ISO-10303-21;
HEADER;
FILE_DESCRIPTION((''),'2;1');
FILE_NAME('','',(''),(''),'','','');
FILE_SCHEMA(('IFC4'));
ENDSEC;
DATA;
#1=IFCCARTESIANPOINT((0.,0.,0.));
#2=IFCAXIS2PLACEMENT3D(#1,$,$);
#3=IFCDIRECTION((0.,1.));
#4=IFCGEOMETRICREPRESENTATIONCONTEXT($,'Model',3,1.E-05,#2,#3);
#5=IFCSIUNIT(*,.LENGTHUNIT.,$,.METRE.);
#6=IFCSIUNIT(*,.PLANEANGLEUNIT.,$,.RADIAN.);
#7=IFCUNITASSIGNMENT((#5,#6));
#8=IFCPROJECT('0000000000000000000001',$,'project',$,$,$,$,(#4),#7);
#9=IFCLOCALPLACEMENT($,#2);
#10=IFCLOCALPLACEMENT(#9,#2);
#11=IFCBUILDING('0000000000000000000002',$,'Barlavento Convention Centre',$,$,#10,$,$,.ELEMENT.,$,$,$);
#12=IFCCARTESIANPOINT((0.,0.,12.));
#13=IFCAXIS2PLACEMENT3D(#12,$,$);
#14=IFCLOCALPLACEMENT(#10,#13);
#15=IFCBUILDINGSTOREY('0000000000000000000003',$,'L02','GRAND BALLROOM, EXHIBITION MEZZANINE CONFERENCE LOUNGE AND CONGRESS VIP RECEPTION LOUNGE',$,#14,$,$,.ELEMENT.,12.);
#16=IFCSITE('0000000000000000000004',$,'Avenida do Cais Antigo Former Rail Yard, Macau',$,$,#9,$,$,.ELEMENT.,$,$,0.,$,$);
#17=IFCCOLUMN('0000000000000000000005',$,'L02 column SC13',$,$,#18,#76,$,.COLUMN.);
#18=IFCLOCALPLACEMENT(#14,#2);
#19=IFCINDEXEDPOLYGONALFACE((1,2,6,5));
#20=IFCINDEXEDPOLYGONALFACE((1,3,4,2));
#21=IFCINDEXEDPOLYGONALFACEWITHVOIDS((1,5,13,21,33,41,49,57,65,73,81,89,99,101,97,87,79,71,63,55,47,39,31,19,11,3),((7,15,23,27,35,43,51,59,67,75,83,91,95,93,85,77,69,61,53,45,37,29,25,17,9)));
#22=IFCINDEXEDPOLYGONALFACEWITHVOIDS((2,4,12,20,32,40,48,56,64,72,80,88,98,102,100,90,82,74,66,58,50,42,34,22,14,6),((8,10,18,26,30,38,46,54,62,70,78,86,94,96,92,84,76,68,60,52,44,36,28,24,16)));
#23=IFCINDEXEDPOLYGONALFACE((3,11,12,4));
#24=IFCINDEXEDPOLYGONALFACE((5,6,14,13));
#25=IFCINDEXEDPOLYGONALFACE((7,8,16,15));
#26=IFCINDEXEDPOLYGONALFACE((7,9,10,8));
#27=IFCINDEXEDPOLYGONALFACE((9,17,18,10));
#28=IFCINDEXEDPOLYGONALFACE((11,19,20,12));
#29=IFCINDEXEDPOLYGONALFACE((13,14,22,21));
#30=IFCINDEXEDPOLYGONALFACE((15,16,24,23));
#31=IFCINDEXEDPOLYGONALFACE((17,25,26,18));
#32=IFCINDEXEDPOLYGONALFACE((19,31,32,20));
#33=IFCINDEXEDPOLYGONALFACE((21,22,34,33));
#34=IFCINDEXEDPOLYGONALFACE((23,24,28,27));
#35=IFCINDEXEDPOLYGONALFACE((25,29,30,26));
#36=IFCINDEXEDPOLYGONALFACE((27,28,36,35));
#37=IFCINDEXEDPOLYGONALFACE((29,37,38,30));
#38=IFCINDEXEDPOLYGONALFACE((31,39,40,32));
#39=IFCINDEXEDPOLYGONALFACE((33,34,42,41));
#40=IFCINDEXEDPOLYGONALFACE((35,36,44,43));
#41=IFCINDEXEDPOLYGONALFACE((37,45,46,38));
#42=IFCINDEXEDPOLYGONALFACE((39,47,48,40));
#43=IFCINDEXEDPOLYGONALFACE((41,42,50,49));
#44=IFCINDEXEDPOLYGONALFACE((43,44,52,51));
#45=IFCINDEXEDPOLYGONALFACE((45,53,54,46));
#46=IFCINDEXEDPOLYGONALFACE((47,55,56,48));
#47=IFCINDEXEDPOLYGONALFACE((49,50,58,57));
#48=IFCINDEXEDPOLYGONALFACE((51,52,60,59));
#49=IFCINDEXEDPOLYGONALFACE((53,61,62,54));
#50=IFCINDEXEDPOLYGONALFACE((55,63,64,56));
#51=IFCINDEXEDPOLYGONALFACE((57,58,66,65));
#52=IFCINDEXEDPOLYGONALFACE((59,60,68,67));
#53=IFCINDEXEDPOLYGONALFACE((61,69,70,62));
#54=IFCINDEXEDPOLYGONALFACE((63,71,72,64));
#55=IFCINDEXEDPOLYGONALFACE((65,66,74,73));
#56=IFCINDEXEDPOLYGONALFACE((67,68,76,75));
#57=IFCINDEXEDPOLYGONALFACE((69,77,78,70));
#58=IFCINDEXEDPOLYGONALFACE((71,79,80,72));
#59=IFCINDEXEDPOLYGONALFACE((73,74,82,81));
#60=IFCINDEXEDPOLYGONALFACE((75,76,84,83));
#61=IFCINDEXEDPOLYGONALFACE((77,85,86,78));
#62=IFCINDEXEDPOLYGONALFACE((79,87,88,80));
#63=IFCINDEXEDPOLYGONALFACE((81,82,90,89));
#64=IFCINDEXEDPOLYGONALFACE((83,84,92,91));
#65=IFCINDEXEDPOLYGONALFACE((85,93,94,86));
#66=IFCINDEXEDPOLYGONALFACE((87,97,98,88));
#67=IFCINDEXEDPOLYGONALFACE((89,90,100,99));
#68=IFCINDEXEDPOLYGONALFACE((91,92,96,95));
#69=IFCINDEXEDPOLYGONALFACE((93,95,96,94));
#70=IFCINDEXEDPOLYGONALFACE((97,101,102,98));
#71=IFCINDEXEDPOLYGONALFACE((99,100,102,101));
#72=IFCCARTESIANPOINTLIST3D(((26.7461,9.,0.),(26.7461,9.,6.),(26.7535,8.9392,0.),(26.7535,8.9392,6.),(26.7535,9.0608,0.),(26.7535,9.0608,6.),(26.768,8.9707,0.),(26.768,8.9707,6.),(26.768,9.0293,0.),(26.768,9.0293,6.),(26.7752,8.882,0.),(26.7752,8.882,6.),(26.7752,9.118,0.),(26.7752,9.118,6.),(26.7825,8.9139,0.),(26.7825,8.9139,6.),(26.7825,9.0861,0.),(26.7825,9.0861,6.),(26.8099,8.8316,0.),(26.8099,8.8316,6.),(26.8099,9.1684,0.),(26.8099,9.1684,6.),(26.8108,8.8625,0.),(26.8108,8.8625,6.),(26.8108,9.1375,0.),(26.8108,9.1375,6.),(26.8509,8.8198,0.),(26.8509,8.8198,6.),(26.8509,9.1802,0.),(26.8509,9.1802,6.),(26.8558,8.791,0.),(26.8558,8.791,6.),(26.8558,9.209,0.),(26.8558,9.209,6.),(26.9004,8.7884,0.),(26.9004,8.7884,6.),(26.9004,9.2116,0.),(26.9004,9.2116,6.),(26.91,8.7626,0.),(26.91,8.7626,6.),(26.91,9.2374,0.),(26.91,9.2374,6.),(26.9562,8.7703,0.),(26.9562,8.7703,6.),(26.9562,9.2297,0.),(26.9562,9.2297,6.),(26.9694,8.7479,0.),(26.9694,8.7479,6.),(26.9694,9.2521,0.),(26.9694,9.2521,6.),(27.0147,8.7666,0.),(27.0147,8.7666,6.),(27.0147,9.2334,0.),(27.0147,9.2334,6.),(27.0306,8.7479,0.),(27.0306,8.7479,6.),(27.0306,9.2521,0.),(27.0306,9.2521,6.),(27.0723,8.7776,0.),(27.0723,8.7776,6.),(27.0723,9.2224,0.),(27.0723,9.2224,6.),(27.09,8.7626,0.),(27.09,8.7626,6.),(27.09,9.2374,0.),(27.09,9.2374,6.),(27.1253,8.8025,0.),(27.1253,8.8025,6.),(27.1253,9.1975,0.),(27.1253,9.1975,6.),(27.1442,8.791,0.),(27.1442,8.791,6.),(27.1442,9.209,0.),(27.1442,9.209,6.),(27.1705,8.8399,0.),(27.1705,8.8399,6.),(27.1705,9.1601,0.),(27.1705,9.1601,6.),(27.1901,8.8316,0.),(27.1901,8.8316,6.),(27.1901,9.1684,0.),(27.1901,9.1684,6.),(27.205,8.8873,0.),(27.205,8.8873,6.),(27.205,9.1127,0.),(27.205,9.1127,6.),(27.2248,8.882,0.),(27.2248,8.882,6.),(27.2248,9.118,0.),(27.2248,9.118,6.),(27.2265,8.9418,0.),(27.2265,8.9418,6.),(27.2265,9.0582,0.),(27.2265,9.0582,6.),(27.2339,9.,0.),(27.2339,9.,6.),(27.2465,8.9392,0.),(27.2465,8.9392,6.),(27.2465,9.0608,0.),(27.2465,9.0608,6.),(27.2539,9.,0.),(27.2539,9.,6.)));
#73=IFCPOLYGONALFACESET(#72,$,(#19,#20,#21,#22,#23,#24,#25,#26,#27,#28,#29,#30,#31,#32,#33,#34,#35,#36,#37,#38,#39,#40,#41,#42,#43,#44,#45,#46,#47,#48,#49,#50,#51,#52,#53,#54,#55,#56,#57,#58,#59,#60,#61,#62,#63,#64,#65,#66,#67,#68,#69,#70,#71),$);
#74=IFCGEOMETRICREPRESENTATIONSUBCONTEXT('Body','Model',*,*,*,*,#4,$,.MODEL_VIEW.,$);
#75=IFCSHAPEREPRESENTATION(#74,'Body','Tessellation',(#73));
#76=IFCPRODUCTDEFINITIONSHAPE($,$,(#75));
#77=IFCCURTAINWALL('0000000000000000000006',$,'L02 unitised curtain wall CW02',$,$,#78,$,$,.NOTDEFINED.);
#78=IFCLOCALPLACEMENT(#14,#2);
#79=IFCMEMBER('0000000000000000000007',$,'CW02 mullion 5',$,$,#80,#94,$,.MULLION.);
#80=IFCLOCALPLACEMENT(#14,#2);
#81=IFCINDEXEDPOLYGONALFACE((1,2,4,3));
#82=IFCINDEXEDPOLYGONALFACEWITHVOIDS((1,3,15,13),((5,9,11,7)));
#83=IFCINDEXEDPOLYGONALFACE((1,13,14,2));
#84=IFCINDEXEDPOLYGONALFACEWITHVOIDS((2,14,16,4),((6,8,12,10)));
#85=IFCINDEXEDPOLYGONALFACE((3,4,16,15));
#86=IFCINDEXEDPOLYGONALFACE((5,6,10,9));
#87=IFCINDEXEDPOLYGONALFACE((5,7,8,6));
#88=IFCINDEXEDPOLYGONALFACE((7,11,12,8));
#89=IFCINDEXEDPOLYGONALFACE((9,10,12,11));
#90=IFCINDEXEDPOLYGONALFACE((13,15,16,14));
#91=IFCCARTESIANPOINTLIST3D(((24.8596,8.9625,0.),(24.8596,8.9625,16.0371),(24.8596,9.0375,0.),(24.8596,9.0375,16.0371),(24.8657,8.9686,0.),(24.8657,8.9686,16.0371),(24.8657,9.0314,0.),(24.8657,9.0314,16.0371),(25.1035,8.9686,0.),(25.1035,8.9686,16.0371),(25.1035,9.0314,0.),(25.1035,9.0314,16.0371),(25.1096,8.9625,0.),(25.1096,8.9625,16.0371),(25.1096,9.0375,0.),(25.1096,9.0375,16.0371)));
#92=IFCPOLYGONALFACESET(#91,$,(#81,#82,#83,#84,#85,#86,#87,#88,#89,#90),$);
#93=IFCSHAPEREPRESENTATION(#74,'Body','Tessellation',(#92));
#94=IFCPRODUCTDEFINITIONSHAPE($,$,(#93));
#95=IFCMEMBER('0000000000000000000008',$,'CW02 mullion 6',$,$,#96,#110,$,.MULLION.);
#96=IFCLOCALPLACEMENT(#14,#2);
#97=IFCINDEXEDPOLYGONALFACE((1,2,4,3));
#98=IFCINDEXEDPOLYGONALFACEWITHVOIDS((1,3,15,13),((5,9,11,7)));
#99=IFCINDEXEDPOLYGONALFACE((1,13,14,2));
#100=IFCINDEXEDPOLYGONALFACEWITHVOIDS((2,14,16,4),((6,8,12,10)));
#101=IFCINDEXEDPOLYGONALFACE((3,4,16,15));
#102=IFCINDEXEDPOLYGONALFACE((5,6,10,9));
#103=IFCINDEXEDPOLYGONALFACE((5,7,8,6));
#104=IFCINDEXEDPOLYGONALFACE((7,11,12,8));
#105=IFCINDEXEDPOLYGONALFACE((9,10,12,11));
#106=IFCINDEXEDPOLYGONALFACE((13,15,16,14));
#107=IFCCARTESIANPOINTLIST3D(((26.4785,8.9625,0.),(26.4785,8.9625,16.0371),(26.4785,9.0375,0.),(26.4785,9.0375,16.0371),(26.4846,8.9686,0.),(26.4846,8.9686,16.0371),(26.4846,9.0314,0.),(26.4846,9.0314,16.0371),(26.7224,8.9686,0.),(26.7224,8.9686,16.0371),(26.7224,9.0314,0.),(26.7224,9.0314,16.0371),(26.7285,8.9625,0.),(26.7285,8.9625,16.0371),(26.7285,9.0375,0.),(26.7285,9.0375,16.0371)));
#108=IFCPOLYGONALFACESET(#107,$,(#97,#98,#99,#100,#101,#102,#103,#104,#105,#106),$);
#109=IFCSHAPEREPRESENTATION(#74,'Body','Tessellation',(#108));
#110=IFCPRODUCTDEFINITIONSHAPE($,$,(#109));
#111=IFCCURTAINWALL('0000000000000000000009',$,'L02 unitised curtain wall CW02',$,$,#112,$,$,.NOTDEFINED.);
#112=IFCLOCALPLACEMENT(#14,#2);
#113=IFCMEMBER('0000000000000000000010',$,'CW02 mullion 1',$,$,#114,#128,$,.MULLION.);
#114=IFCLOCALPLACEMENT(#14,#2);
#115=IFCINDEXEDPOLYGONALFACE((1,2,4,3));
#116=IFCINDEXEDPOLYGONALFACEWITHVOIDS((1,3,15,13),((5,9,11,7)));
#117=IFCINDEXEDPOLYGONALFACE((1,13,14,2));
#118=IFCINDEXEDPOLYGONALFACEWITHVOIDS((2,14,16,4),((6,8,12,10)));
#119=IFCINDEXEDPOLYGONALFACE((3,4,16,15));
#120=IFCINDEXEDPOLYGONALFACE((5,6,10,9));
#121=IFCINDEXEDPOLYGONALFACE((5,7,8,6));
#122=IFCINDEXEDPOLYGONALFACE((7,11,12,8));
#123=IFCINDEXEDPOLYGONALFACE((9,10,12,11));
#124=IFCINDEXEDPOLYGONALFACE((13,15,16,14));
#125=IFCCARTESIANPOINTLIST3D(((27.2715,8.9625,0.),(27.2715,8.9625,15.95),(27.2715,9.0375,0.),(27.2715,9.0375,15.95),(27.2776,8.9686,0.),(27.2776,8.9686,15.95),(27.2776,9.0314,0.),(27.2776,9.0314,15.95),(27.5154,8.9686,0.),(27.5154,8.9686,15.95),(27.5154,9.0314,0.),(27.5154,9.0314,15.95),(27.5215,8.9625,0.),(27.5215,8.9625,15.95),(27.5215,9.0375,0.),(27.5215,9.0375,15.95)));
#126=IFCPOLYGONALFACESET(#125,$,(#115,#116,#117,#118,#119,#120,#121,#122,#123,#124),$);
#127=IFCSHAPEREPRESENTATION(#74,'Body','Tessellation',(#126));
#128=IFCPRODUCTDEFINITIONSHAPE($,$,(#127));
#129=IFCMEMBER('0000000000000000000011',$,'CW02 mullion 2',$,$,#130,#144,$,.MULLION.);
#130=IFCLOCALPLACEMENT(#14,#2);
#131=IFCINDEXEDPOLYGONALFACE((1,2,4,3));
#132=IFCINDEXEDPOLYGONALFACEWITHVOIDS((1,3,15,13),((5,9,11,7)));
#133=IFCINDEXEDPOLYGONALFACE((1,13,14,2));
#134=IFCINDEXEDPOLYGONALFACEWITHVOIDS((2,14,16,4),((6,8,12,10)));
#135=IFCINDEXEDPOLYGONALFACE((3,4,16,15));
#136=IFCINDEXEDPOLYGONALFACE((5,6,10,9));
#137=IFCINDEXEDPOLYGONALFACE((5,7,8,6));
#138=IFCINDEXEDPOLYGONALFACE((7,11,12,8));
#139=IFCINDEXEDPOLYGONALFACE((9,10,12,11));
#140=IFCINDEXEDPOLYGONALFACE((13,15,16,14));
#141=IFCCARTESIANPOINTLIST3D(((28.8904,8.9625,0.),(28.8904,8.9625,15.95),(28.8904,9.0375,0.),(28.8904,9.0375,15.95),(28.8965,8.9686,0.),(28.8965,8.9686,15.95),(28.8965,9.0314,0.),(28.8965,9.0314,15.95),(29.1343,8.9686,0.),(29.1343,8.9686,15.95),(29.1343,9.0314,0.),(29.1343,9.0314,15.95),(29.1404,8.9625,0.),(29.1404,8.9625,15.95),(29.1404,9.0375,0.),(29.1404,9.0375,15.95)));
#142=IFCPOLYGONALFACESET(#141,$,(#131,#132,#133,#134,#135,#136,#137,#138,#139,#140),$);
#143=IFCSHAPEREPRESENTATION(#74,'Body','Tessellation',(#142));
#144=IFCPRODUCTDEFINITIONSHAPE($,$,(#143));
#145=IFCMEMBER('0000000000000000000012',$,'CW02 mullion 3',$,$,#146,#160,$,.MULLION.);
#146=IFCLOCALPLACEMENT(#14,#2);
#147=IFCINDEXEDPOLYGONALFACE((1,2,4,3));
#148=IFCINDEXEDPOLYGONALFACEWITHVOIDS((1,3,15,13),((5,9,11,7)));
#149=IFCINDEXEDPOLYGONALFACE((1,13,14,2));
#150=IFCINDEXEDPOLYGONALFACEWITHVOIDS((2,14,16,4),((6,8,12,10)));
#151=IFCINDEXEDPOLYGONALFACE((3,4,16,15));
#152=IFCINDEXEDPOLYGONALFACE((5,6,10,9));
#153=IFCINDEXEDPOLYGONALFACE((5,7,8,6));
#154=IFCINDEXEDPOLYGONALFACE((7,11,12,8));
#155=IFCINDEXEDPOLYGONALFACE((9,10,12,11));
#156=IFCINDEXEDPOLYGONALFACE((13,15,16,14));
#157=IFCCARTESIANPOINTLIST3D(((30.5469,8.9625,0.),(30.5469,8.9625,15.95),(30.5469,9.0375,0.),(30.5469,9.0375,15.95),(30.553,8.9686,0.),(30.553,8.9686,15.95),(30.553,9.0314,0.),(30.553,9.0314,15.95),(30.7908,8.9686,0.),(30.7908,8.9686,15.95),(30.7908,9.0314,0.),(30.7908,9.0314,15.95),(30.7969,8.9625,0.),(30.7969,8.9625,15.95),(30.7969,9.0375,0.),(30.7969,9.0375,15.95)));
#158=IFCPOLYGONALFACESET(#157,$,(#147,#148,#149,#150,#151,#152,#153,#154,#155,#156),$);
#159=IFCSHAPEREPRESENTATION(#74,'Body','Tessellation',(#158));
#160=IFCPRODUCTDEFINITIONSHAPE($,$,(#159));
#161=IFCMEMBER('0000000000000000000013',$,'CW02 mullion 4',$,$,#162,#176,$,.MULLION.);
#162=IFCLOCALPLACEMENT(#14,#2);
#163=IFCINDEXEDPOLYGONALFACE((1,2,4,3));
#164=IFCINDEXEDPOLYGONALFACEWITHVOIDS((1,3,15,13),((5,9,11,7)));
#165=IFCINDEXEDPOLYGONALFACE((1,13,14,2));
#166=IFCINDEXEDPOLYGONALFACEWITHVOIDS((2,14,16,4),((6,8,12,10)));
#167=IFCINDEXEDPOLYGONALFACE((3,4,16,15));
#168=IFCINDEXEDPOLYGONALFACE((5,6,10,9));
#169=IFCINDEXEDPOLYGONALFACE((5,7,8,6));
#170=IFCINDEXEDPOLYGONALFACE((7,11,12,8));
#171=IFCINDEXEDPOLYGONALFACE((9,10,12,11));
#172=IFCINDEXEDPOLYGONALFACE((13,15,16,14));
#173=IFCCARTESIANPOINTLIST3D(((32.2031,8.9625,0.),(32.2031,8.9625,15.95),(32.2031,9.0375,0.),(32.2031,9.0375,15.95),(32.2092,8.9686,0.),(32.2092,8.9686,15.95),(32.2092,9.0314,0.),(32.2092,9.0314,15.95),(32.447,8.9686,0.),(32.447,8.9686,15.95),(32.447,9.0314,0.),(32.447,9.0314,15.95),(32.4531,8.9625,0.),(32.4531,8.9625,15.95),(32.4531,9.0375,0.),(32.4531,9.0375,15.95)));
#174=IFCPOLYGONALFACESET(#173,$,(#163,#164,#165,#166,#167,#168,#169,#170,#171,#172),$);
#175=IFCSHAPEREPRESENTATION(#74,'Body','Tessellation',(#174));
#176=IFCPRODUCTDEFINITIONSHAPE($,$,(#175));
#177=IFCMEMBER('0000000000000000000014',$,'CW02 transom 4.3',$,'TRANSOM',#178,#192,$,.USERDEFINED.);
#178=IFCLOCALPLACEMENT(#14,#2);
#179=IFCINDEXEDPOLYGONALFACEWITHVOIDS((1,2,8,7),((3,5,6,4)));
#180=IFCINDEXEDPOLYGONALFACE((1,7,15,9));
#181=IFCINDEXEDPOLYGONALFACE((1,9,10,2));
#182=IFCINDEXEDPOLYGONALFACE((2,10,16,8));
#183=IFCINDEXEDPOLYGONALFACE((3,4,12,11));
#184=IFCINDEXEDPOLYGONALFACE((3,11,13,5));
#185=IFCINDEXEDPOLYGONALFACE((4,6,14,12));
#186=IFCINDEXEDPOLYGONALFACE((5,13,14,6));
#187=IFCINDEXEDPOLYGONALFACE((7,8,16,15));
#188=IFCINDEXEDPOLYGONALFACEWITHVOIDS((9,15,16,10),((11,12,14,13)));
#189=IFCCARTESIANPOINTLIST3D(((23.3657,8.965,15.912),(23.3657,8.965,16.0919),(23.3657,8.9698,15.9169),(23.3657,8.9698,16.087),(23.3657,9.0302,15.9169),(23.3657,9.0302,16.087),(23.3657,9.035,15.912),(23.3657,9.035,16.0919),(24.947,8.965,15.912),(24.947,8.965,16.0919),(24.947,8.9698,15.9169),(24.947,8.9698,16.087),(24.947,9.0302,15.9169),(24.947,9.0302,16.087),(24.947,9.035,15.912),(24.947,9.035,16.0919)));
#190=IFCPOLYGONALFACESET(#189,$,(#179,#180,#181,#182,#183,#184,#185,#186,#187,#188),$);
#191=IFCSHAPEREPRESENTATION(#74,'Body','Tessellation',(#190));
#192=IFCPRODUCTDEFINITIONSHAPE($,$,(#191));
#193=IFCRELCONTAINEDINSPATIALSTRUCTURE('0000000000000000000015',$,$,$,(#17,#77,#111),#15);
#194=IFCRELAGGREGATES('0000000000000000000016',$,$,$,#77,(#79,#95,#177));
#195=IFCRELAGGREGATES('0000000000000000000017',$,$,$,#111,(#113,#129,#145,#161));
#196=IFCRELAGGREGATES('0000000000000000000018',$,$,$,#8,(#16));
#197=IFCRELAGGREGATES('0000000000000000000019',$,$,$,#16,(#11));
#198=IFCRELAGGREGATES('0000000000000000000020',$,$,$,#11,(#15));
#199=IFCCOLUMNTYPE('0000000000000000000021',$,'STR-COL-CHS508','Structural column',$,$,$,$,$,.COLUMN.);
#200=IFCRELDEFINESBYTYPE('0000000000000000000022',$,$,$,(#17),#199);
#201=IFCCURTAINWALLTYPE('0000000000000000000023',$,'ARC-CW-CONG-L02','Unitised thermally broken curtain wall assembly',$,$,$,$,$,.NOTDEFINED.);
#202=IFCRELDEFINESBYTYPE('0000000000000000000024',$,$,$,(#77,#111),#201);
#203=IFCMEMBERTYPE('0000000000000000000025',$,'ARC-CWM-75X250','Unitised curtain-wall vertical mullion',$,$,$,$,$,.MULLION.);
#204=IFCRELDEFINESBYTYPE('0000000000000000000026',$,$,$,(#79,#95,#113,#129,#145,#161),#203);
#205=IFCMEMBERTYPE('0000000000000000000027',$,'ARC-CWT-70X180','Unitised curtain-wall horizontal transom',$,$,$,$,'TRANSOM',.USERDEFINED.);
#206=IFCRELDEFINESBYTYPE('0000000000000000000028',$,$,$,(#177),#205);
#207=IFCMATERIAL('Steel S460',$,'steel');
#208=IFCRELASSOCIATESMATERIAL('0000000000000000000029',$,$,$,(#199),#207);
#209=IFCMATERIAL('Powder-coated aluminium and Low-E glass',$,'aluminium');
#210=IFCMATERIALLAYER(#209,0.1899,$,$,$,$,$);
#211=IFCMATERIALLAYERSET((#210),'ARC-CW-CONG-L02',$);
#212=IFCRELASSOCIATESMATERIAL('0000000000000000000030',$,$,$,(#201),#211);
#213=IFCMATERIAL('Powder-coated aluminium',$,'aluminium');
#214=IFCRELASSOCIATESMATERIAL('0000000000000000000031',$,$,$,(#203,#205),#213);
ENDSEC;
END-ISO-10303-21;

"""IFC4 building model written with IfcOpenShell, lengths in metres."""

from ifc_helpers import new_model, si_unit, direction, frame, origin, origin_2d, place, context, subcontext, project, spatial, hollow_rectangle, hollow_circle, extrude, material, layer, layer_set, material_profile, profile_set, type_object, element, aggregate, save


model = new_model("IFC4")

# Units and contexts
model_context = context("Model", 3, precision=1e-05, world=origin(), true_north=direction((0.0, 1.0)))
body_context = subcontext(model_context, "Body", "Model", "MODEL_VIEW")
ifc_project = project(units=[si_unit("LENGTHUNIT", "METRE"), si_unit("PLANEANGLEUNIT", "RADIAN")], contexts=[model_context])

# Site, building, storey
site_placement = place(None, origin())
site = spatial("IfcSite", under=ifc_project, at=site_placement, Name="Avenida do Cais Antigo Former Rail Yard, Macau", CompositionType="ELEMENT", RefElevation=0.0)
building_placement = place(site_placement, origin())
building = spatial("IfcBuilding", under=site, at=building_placement, Name="Barlavento Convention Centre", CompositionType="ELEMENT")
storey_placement = place(building_placement, frame((0.0, 0.0, 12.0)))
storey = spatial("IfcBuildingStorey", under=building, at=storey_placement, Name="L02", Description="GRAND BALLROOM, EXHIBITION MEZZANINE CONFERENCE LOUNGE AND CONGRESS VIP RECEPTION LOUNGE", CompositionType="ELEMENT", Elevation=12.0)

# Column
ifc_material_1 = material(Name="Steel S460", Category="steel")
ifc_material_profile_1 = material_profile(ifc_material_1, hollow_circle(Radius=0.2539, WallThickness=0.02, at=origin_2d()), Name="CHS 508.0x20.0")
ifc_profile_set_1 = profile_set([ifc_material_profile_1], Name="Steel S460")
column_type = type_object("IfcColumnType", Name="STR-COL-CHS508", Description="Structural column", PredefinedType="COLUMN", material=ifc_profile_set_1)
column_placement = place(storey_placement, frame((27.0, 9.0, 0.0), z_axis=(0.0, 0.0, 1.0), x_axis=(1.0, 0.0, 0.0)))
element("IfcColumn", 1, at=column_placement, inside=storey, type_object=column_type, Name="L02 column SC13", PredefinedType="COLUMN", context=body_context, shape_type="SweptSolid", body=[
    extrude(hollow_circle(Radius=0.2539, WallThickness=0.02, at=origin_2d()), origin(), (0.0, 0.0, 1.0), 6.0),
])

# Curtain walls, members
ifc_material_2 = material(Name="Powder-coated aluminium and Low-E glass", Category="aluminium")
ifc_layer_1 = layer(ifc_material_2, 0.1899)
ifc_layer_set_1 = layer_set([ifc_layer_1], Name="ARC-CW-CONG-L02")
curtain_wall_type = type_object("IfcCurtainWallType", Name="ARC-CW-CONG-L02", Description="Unitised thermally broken curtain wall assembly", PredefinedType="NOTDEFINED", material=ifc_layer_set_1)
curtain_wall_1_placement = place(storey_placement, origin())
curtain_wall_1 = element("IfcCurtainWall", 2, at=curtain_wall_1_placement, inside=storey, type_object=curtain_wall_type, Name="L02 unitised curtain wall CW02", PredefinedType="NOTDEFINED")
ifc_material_3 = material(Name="Powder-coated aluminium", Category="aluminium")
ifc_material_profile_2 = material_profile(ifc_material_3, hollow_rectangle(XDim=0.075, YDim=0.25, WallThickness=0.0061, at=origin_2d()), Name="AL-MULL 75x250x6")
ifc_profile_set_2 = profile_set([ifc_material_profile_2], Name="Powder-coated aluminium")
member_type_1 = type_object("IfcMemberType", Name="ARC-CWM-75X250", Description="Unitised curtain-wall vertical mullion", PredefinedType="MULLION", material=ifc_profile_set_2)
member_1_placement = place(storey_placement, frame((24.9846, 9.0, 0.0), z_axis=(0.0, 0.0, 1.0), x_axis=(0.0, 1.0, 0.0)))
member_1 = element("IfcMember", 3, at=member_1_placement, type_object=member_type_1, Name="CW02 mullion 5", PredefinedType="MULLION", context=body_context, shape_type="SweptSolid", body=[
    extrude(hollow_rectangle(XDim=0.075, YDim=0.25, WallThickness=0.0061, at=origin_2d()), origin(), (0.0, 0.0, 1.0), 16.0371),
])
member_2_placement = place(storey_placement, frame((26.6035, 9.0, 0.0), z_axis=(0.0, 0.0, 1.0), x_axis=(0.0, 1.0, 0.0)))
member_2 = element("IfcMember", 4, at=member_2_placement, type_object=member_type_1, Name="CW02 mullion 6", PredefinedType="MULLION", context=body_context, shape_type="SweptSolid", body=[
    extrude(hollow_rectangle(XDim=0.075, YDim=0.25, WallThickness=0.0061, at=origin_2d()), origin(), (0.0, 0.0, 1.0), 16.0371),
])
curtain_wall_2_placement = place(storey_placement, origin())
curtain_wall_2 = element("IfcCurtainWall", 5, at=curtain_wall_2_placement, inside=storey, type_object=curtain_wall_type, Name="L02 unitised curtain wall CW02", PredefinedType="NOTDEFINED")
member_3_placement = place(storey_placement, frame((27.3965, 9.0, 0.0), z_axis=(0.0, 0.0, 1.0), x_axis=(0.0, 1.0, 0.0)))
member_3 = element("IfcMember", 6, at=member_3_placement, type_object=member_type_1, Name="CW02 mullion 1", PredefinedType="MULLION", context=body_context, shape_type="SweptSolid", body=[
    extrude(hollow_rectangle(XDim=0.075, YDim=0.25, WallThickness=0.0061, at=origin_2d()), origin(), (0.0, 0.0, 1.0), 15.95),
])
member_4_placement = place(storey_placement, frame((29.0154, 9.0, 0.0), z_axis=(0.0, 0.0, 1.0), x_axis=(0.0, 1.0, 0.0)))
member_4 = element("IfcMember", 7, at=member_4_placement, type_object=member_type_1, Name="CW02 mullion 2", PredefinedType="MULLION", context=body_context, shape_type="SweptSolid", body=[
    extrude(hollow_rectangle(XDim=0.075, YDim=0.25, WallThickness=0.0061, at=origin_2d()), origin(), (0.0, 0.0, 1.0), 15.95),
])
member_5_placement = place(storey_placement, frame((30.6719, 9.0, 0.0), z_axis=(0.0, 0.0, 1.0), x_axis=(0.0, 1.0, 0.0)))
member_5 = element("IfcMember", 8, at=member_5_placement, type_object=member_type_1, Name="CW02 mullion 3", PredefinedType="MULLION", context=body_context, shape_type="SweptSolid", body=[
    extrude(hollow_rectangle(XDim=0.075, YDim=0.25, WallThickness=0.0061, at=origin_2d()), origin(), (0.0, 0.0, 1.0), 15.95),
])
member_6_placement = place(storey_placement, frame((32.3281, 9.0, 0.0), z_axis=(0.0, 0.0, 1.0), x_axis=(0.0, 1.0, 0.0)))
member_6 = element("IfcMember", 9, at=member_6_placement, type_object=member_type_1, Name="CW02 mullion 4", PredefinedType="MULLION", context=body_context, shape_type="SweptSolid", body=[
    extrude(hollow_rectangle(XDim=0.075, YDim=0.25, WallThickness=0.0061, at=origin_2d()), origin(), (0.0, 0.0, 1.0), 15.95),
])

# Member
ifc_material_profile_3 = material_profile(ifc_material_3, hollow_rectangle(XDim=0.0701, YDim=0.1799, WallThickness=0.0049, at=origin_2d()), Name="AL-TRAN 70x180x5")
ifc_profile_set_3 = profile_set([ifc_material_profile_3], Name="Powder-coated aluminium")
member_type_2 = type_object("IfcMemberType", Name="ARC-CWT-70X180", Description="Unitised curtain-wall horizontal transom", ElementType="TRANSOM", PredefinedType="USERDEFINED", material=ifc_profile_set_3)
member_7_placement = place(storey_placement, frame((23.3657, 9.0, 16.002), z_axis=(1.0, 0.0, 0.0), x_axis=(0.0, 1.0, 0.0)))
member_7 = element("IfcMember", 10, at=member_7_placement, type_object=member_type_2, Name="CW02 transom 4.3", ObjectType="TRANSOM", PredefinedType="USERDEFINED", context=body_context, shape_type="SweptSolid", body=[
    extrude(hollow_rectangle(XDim=0.0701, YDim=0.1799, WallThickness=0.0049, at=origin_2d()), origin(), (0.0, 0.0, 1.0), 1.5813),
])

aggregate(curtain_wall_1, [member_1, member_2, member_7])
aggregate(curtain_wall_2, [member_3, member_4, member_5, member_6])

save(model, "model.ifc")
